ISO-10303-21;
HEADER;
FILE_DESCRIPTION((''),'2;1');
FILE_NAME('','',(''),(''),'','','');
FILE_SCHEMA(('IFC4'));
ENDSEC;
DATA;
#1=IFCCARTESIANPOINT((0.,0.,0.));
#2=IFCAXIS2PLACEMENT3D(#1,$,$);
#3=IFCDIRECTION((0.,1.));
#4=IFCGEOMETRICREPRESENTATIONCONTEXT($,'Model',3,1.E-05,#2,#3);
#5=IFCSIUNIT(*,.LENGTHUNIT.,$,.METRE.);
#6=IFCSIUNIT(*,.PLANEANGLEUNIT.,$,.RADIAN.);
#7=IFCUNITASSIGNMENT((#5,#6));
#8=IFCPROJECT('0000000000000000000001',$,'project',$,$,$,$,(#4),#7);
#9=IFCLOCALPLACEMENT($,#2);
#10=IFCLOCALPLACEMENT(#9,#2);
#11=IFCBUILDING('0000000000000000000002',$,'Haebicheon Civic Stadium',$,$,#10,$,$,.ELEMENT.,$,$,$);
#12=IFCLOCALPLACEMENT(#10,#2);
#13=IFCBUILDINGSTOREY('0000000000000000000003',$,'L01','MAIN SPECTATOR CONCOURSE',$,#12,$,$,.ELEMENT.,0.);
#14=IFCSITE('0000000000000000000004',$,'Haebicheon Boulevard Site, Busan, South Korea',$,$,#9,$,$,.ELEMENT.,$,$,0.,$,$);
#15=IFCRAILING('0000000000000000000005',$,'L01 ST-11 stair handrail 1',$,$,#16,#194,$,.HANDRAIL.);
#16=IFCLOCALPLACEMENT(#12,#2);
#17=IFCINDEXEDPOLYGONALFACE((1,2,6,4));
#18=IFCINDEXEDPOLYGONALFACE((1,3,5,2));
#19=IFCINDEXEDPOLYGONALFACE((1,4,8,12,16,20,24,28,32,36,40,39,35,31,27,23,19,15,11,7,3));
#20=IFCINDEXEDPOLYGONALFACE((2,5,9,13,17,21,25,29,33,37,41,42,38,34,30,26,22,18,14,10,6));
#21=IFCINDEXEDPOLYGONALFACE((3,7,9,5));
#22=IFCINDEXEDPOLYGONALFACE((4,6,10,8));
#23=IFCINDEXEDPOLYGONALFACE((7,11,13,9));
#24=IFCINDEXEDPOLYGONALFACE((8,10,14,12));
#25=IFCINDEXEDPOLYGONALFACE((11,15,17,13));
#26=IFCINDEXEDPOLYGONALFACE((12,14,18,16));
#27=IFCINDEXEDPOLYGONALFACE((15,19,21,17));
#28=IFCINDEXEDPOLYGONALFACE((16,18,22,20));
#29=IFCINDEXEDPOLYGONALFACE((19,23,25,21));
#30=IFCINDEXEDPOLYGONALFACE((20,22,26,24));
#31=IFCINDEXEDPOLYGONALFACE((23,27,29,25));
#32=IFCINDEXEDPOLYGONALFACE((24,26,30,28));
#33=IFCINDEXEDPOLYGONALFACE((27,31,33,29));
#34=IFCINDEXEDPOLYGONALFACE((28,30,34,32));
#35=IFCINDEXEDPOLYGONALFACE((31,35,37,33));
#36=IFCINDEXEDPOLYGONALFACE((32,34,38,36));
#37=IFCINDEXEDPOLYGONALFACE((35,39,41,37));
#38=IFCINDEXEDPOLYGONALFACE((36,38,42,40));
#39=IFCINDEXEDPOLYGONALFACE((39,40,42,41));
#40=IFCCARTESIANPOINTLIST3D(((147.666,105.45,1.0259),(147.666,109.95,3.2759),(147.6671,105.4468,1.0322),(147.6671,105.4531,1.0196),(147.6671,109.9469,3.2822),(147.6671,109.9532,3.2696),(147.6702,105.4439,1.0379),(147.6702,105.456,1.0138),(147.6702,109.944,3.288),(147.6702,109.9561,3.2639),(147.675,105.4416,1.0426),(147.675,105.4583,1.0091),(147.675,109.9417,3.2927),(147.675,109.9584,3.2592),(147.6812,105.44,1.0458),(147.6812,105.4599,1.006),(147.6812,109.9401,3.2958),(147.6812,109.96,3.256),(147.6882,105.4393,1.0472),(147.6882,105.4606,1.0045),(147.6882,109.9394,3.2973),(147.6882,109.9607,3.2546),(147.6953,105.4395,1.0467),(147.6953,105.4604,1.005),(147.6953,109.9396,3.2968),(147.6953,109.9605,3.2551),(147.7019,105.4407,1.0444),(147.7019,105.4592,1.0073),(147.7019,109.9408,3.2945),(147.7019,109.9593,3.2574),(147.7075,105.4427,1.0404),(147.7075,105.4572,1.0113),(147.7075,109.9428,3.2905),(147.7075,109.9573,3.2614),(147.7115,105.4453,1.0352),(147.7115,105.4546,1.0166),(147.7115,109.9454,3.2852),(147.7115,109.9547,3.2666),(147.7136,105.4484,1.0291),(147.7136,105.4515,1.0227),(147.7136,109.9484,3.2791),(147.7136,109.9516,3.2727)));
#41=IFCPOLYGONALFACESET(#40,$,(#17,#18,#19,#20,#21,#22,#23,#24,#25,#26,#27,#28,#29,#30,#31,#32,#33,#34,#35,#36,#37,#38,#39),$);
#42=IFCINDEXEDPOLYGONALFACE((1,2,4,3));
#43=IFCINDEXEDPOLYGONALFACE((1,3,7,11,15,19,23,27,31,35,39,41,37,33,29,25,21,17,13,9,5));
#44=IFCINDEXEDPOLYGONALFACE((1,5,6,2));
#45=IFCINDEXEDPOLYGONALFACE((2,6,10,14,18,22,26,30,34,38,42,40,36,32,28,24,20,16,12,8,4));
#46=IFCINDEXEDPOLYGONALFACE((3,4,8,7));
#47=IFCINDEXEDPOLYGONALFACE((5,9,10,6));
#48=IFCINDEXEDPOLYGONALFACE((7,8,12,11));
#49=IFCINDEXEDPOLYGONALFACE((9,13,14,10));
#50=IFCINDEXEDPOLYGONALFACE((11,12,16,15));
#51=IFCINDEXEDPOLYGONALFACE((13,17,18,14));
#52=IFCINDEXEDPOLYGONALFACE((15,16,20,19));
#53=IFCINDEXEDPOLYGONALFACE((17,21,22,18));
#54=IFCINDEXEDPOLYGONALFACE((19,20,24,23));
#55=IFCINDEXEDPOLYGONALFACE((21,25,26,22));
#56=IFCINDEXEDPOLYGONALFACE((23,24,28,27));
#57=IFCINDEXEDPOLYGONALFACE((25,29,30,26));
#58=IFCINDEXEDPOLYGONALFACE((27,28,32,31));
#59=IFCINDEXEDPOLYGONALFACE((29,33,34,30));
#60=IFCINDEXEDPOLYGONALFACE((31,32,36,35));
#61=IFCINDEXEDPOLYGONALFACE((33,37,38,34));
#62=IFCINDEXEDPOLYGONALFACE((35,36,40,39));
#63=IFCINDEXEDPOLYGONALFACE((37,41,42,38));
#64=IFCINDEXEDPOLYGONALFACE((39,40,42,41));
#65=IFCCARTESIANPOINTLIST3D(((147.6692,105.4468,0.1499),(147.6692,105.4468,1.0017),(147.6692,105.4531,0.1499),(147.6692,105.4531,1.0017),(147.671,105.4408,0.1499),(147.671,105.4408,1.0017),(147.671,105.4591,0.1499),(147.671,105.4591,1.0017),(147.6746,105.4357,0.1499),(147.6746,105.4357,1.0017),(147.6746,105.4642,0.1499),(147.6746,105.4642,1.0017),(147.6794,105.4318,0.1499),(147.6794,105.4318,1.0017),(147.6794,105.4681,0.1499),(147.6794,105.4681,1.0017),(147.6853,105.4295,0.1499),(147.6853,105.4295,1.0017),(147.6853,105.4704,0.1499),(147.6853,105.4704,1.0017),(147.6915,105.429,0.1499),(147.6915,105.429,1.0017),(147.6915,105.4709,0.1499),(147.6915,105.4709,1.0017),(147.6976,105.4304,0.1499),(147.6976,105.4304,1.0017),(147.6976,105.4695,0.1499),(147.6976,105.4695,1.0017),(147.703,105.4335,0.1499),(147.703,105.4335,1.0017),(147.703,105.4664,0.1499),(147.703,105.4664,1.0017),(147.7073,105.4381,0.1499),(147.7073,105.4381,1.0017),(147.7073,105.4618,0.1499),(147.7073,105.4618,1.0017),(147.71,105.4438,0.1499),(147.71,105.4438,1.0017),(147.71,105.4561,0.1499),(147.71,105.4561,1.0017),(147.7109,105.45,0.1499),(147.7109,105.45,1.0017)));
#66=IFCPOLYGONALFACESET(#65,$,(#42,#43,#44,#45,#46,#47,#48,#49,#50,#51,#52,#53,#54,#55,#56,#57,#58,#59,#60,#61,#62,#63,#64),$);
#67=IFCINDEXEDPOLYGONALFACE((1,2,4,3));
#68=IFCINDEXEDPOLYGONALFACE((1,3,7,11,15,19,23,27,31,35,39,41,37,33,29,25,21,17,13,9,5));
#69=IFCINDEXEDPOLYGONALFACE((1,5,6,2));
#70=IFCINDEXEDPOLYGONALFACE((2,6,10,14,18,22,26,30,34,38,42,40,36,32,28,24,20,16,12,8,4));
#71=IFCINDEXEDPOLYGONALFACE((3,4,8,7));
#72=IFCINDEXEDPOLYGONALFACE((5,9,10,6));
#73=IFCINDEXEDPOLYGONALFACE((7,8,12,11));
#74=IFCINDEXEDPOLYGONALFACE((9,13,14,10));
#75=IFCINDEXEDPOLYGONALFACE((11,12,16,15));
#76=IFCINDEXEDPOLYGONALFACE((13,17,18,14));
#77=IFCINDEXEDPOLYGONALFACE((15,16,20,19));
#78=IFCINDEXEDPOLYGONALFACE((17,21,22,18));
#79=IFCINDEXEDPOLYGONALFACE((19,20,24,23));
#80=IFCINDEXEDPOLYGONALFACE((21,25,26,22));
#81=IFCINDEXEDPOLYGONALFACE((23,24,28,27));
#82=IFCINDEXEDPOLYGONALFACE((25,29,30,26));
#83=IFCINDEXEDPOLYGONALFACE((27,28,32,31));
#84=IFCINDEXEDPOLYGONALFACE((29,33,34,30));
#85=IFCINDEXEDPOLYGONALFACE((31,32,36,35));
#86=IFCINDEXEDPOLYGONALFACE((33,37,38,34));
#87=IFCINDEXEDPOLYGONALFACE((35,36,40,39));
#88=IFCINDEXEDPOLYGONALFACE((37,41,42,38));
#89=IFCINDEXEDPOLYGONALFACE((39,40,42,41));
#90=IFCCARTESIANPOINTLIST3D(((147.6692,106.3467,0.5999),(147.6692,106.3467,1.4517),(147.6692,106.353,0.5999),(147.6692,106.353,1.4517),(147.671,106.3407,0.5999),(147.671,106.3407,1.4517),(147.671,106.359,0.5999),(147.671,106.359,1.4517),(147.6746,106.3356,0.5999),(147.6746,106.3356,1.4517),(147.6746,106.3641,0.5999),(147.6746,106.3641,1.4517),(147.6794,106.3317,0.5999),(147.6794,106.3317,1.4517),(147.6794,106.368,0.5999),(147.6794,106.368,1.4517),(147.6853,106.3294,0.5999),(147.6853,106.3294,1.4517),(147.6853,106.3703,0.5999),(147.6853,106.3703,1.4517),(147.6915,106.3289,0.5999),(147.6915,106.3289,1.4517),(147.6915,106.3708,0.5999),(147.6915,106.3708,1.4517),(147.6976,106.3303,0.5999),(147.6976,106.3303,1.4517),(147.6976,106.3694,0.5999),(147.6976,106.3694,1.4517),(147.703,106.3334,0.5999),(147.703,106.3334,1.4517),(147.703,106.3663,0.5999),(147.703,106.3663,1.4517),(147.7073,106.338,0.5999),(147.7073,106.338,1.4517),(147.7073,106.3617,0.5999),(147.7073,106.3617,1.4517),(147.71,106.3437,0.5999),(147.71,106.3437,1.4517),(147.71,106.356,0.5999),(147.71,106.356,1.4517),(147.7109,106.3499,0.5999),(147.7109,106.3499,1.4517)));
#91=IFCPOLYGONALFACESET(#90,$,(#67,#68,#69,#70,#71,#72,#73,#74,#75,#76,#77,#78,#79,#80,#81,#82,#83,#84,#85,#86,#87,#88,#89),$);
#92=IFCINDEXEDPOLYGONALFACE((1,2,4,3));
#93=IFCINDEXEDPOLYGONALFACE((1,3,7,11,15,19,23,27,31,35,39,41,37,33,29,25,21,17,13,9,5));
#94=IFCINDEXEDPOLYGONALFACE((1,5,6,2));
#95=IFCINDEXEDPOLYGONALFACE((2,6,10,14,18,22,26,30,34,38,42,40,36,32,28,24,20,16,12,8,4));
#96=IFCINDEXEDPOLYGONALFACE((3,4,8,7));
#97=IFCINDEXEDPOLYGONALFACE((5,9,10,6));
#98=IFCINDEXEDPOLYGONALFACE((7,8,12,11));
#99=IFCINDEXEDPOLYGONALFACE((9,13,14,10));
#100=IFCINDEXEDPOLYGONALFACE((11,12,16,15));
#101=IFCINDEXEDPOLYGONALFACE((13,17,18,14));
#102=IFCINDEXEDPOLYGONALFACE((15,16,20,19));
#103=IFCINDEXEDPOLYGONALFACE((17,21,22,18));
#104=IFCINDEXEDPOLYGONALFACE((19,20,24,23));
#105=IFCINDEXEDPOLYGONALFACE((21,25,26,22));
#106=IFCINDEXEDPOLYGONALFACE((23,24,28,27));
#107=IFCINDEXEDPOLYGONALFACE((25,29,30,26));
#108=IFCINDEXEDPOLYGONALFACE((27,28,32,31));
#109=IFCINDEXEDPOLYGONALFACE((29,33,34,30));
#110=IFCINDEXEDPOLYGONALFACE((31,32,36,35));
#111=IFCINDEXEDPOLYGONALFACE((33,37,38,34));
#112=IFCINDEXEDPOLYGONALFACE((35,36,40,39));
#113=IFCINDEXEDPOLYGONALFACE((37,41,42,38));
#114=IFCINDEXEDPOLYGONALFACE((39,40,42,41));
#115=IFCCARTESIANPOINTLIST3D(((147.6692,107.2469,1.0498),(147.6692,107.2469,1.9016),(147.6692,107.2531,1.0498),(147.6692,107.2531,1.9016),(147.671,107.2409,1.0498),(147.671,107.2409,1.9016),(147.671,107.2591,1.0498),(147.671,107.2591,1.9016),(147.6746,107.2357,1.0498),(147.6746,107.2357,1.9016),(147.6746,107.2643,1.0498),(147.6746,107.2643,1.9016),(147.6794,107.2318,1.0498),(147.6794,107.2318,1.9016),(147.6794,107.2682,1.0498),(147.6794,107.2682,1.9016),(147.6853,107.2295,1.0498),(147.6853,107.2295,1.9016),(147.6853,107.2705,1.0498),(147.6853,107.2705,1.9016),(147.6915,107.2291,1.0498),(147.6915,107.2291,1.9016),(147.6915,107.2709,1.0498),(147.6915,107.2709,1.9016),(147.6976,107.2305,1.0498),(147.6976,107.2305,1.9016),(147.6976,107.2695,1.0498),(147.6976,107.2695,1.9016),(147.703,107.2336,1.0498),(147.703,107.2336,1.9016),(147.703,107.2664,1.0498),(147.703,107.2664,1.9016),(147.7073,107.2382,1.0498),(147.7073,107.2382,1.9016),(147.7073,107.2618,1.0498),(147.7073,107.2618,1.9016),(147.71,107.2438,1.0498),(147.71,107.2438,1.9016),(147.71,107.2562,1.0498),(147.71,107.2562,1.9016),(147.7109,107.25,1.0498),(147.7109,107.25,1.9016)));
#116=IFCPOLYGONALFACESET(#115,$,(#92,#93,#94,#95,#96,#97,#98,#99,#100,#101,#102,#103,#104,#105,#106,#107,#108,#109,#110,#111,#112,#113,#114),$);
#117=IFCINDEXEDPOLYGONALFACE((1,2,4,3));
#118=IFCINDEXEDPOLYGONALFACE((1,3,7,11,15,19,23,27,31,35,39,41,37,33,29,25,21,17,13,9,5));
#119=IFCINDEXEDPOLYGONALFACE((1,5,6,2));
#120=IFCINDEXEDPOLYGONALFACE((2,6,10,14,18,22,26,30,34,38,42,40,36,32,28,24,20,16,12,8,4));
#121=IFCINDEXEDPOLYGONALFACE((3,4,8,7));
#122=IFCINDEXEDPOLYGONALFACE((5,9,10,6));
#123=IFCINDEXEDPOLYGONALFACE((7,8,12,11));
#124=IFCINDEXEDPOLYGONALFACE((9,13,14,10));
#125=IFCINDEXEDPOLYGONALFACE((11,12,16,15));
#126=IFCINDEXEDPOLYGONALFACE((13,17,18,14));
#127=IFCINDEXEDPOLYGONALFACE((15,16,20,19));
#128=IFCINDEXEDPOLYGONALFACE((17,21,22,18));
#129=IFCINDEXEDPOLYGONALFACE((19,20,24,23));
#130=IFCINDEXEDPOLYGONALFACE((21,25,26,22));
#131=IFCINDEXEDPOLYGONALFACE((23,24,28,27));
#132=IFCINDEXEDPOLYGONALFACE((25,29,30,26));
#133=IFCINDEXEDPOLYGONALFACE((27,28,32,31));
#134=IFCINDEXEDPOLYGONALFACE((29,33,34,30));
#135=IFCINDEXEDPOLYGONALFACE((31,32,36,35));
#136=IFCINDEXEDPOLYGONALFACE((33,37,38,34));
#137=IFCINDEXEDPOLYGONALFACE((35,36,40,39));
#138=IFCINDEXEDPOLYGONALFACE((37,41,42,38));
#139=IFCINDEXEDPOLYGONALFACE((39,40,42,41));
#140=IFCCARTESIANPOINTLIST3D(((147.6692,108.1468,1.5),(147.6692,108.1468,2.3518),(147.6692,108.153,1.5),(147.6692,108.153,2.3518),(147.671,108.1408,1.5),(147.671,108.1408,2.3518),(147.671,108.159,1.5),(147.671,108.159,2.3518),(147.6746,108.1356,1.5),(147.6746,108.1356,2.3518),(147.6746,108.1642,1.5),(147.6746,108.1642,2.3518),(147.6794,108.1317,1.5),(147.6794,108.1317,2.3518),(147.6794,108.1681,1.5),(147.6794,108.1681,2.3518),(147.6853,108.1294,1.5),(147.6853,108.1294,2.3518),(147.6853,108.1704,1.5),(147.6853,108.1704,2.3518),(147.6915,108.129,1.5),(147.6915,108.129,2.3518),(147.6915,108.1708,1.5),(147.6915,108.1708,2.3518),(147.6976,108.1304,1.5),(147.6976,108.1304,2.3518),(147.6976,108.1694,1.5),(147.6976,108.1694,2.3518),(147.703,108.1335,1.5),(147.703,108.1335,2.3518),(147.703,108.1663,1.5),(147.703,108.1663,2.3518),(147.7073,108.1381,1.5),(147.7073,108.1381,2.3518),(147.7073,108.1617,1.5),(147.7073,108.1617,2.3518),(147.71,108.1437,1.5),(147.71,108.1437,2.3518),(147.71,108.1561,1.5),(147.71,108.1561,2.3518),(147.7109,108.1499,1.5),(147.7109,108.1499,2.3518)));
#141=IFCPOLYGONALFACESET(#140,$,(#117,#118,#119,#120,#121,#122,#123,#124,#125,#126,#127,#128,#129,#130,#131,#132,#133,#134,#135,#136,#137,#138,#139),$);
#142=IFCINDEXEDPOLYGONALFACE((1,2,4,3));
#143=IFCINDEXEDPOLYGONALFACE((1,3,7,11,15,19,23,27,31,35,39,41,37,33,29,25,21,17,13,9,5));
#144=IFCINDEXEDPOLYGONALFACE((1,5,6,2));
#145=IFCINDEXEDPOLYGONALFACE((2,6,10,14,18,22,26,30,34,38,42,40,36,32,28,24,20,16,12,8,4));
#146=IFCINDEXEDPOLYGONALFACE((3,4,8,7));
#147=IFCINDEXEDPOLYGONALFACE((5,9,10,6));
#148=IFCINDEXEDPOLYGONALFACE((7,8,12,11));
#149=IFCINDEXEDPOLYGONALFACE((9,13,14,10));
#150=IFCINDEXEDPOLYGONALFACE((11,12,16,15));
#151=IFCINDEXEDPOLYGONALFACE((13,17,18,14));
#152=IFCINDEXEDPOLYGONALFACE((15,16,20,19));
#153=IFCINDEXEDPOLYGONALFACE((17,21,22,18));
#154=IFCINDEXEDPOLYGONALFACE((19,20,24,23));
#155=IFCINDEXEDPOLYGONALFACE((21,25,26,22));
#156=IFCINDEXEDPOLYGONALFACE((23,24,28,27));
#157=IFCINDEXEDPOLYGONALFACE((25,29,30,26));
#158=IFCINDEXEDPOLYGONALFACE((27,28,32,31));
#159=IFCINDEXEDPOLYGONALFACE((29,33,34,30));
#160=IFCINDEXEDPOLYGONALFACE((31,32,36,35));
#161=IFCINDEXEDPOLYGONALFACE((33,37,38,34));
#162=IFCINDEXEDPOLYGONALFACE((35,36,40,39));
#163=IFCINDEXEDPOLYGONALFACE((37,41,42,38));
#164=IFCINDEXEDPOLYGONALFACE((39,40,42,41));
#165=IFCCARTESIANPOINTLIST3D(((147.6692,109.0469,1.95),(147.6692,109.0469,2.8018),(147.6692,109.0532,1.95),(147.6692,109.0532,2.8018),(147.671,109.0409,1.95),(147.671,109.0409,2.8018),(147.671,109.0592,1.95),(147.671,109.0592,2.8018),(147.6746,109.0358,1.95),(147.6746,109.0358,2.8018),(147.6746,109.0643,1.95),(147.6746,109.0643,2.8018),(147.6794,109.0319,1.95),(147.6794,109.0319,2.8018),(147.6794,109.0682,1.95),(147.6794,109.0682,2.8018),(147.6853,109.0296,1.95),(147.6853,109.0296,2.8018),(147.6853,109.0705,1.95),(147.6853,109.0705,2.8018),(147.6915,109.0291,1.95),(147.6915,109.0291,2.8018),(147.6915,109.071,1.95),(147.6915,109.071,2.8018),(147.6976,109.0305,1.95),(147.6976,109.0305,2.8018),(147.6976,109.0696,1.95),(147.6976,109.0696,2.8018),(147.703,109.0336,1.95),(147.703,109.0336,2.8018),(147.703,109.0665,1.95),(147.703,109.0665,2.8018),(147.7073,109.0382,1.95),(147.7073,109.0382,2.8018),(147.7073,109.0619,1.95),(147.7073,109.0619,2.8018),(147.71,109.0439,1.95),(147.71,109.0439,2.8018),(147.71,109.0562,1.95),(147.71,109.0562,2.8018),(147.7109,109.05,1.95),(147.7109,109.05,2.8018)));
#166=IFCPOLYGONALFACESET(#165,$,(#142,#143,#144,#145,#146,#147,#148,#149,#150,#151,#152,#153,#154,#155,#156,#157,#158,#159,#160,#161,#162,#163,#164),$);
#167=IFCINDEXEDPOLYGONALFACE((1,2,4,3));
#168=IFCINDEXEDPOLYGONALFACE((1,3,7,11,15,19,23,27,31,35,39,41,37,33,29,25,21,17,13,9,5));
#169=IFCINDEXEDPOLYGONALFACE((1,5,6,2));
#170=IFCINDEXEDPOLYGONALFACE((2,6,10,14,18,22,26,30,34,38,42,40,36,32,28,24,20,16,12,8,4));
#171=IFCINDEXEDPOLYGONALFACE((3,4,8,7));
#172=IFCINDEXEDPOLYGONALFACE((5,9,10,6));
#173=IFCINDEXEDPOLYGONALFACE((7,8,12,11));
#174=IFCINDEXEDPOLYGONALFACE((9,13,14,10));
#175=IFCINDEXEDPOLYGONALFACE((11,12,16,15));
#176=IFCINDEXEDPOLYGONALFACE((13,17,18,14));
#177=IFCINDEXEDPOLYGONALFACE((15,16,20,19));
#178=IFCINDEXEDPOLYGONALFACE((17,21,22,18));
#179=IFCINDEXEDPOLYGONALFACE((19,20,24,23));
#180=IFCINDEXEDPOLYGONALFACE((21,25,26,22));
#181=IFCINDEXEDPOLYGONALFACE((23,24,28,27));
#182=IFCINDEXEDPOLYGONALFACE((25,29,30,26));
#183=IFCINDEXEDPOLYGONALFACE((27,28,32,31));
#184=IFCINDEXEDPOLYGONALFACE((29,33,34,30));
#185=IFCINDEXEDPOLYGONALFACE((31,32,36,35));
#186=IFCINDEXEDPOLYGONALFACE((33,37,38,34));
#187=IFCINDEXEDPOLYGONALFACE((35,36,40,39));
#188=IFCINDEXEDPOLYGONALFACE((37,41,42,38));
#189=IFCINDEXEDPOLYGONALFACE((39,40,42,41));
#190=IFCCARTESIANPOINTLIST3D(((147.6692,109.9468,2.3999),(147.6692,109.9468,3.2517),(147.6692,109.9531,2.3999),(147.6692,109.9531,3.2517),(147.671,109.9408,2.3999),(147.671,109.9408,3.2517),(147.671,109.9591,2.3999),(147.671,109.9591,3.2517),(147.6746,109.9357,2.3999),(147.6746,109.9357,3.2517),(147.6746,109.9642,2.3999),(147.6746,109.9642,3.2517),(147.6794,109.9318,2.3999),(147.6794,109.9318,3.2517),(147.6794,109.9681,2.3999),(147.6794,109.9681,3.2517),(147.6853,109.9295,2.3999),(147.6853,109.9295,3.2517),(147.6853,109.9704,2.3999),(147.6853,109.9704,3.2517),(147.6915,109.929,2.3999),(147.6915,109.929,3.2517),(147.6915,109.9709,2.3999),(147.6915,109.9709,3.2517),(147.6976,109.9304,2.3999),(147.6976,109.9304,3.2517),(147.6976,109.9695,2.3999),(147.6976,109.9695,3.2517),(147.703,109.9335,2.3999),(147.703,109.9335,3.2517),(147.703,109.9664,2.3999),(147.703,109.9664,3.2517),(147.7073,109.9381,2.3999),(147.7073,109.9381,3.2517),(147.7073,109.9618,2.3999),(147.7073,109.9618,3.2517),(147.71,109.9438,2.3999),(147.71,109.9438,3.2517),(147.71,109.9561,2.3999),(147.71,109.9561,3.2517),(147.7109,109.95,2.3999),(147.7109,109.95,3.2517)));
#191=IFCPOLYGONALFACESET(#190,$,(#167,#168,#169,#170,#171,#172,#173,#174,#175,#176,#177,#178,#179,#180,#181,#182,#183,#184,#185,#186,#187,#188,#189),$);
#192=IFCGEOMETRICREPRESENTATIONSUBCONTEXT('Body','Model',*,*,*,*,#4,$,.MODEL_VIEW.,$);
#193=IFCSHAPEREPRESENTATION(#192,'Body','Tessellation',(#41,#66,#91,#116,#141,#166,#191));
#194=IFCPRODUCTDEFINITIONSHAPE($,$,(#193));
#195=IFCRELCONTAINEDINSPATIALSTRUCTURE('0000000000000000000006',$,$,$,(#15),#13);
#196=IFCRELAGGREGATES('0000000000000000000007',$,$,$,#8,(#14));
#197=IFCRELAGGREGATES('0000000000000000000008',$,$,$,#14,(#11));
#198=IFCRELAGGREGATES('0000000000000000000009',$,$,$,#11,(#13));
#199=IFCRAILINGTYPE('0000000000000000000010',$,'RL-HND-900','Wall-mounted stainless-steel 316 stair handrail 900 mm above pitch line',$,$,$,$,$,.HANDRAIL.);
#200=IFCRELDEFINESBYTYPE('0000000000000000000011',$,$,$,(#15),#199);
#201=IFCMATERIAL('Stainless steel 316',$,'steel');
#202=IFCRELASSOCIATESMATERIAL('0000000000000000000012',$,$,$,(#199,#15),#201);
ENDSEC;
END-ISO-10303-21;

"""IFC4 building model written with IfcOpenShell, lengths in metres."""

from ifc_helpers import new_model, si_unit, direction, frame, origin, origin_2d, place, context, subcontext, project, spatial, circle, extrude, material, type_object, element, save


model = new_model("IFC4")

# Units and contexts
model_context = context("Model", 3, precision=1e-05, world=origin(), true_north=direction((0.0, 1.0)))
body_context = subcontext(model_context, "Body", "Model", "MODEL_VIEW")
ifc_project = project(units=[si_unit("LENGTHUNIT", "METRE"), si_unit("PLANEANGLEUNIT", "RADIAN")], contexts=[model_context])

# Site, building, storey
site_placement = place(None, origin())
site = spatial("IfcSite", under=ifc_project, at=site_placement, Name="Haebicheon Boulevard Site, Busan, South Korea", CompositionType="ELEMENT", RefElevation=0.0)
building_placement = place(site_placement, origin())
building = spatial("IfcBuilding", under=site, at=building_placement, Name="Haebicheon Civic Stadium", CompositionType="ELEMENT")
storey_placement = place(building_placement, origin())
storey = spatial("IfcBuildingStorey", under=building, at=storey_placement, Name="L01", Description="MAIN SPECTATOR CONCOURSE", CompositionType="ELEMENT", Elevation=0.0)

# Railing
ifc_material_1 = material(Name="Stainless steel 316", Category="steel")
railing_type_1 = type_object("IfcRailingType", Name="RL-HND-900", Description="Wall-mounted stainless-steel 316 stair handrail 900 mm above pitch line", PredefinedType="HANDRAIL", material=ifc_material_1)
railing_1_placement = place(storey_placement, frame((147.6899, 105.45, 0.1499)))
element("IfcRailing", 1, at=railing_1_placement, inside=storey, type_object=railing_type_1, material=ifc_material_1, Name="L01 ST-11 stair handrail 1", PredefinedType="HANDRAIL", context=body_context, shape_type="SweptSolid", body=[
    extrude(circle(Radius=0.0239, at=origin_2d()), frame((0.0, 0.0, 0.876), z_axis=(0.0, 0.894427, 0.447214), x_axis=(-1.0, 0.0, 0.0)), (0.0, 0.0, 1.0), 5.0312),
    extrude(circle(Radius=0.021, at=origin_2d()), origin(), (0.0, 0.0, 1.0), 0.8518),
    extrude(circle(Radius=0.021, at=origin_2d()), frame((0.0, 0.8999, 0.45)), (0.0, 0.0, 1.0), 0.8518),
    extrude(circle(Radius=0.021, at=origin_2d()), frame((0.0, 1.8, 0.8999)), (0.0, 0.0, 1.0), 0.8518),
    extrude(circle(Radius=0.021, at=origin_2d()), frame((0.0, 2.7, 1.3501)), (0.0, 0.0, 1.0), 0.8518),
    extrude(circle(Radius=0.021, at=origin_2d()), frame((0.0, 3.6001, 1.8)), (0.0, 0.0, 1.0), 0.8518),
    extrude(circle(Radius=0.021, at=origin_2d()), frame((0.0, 4.5, 2.25)), (0.0, 0.0, 1.0), 0.8518),
])

save(model, "model.ifc")
